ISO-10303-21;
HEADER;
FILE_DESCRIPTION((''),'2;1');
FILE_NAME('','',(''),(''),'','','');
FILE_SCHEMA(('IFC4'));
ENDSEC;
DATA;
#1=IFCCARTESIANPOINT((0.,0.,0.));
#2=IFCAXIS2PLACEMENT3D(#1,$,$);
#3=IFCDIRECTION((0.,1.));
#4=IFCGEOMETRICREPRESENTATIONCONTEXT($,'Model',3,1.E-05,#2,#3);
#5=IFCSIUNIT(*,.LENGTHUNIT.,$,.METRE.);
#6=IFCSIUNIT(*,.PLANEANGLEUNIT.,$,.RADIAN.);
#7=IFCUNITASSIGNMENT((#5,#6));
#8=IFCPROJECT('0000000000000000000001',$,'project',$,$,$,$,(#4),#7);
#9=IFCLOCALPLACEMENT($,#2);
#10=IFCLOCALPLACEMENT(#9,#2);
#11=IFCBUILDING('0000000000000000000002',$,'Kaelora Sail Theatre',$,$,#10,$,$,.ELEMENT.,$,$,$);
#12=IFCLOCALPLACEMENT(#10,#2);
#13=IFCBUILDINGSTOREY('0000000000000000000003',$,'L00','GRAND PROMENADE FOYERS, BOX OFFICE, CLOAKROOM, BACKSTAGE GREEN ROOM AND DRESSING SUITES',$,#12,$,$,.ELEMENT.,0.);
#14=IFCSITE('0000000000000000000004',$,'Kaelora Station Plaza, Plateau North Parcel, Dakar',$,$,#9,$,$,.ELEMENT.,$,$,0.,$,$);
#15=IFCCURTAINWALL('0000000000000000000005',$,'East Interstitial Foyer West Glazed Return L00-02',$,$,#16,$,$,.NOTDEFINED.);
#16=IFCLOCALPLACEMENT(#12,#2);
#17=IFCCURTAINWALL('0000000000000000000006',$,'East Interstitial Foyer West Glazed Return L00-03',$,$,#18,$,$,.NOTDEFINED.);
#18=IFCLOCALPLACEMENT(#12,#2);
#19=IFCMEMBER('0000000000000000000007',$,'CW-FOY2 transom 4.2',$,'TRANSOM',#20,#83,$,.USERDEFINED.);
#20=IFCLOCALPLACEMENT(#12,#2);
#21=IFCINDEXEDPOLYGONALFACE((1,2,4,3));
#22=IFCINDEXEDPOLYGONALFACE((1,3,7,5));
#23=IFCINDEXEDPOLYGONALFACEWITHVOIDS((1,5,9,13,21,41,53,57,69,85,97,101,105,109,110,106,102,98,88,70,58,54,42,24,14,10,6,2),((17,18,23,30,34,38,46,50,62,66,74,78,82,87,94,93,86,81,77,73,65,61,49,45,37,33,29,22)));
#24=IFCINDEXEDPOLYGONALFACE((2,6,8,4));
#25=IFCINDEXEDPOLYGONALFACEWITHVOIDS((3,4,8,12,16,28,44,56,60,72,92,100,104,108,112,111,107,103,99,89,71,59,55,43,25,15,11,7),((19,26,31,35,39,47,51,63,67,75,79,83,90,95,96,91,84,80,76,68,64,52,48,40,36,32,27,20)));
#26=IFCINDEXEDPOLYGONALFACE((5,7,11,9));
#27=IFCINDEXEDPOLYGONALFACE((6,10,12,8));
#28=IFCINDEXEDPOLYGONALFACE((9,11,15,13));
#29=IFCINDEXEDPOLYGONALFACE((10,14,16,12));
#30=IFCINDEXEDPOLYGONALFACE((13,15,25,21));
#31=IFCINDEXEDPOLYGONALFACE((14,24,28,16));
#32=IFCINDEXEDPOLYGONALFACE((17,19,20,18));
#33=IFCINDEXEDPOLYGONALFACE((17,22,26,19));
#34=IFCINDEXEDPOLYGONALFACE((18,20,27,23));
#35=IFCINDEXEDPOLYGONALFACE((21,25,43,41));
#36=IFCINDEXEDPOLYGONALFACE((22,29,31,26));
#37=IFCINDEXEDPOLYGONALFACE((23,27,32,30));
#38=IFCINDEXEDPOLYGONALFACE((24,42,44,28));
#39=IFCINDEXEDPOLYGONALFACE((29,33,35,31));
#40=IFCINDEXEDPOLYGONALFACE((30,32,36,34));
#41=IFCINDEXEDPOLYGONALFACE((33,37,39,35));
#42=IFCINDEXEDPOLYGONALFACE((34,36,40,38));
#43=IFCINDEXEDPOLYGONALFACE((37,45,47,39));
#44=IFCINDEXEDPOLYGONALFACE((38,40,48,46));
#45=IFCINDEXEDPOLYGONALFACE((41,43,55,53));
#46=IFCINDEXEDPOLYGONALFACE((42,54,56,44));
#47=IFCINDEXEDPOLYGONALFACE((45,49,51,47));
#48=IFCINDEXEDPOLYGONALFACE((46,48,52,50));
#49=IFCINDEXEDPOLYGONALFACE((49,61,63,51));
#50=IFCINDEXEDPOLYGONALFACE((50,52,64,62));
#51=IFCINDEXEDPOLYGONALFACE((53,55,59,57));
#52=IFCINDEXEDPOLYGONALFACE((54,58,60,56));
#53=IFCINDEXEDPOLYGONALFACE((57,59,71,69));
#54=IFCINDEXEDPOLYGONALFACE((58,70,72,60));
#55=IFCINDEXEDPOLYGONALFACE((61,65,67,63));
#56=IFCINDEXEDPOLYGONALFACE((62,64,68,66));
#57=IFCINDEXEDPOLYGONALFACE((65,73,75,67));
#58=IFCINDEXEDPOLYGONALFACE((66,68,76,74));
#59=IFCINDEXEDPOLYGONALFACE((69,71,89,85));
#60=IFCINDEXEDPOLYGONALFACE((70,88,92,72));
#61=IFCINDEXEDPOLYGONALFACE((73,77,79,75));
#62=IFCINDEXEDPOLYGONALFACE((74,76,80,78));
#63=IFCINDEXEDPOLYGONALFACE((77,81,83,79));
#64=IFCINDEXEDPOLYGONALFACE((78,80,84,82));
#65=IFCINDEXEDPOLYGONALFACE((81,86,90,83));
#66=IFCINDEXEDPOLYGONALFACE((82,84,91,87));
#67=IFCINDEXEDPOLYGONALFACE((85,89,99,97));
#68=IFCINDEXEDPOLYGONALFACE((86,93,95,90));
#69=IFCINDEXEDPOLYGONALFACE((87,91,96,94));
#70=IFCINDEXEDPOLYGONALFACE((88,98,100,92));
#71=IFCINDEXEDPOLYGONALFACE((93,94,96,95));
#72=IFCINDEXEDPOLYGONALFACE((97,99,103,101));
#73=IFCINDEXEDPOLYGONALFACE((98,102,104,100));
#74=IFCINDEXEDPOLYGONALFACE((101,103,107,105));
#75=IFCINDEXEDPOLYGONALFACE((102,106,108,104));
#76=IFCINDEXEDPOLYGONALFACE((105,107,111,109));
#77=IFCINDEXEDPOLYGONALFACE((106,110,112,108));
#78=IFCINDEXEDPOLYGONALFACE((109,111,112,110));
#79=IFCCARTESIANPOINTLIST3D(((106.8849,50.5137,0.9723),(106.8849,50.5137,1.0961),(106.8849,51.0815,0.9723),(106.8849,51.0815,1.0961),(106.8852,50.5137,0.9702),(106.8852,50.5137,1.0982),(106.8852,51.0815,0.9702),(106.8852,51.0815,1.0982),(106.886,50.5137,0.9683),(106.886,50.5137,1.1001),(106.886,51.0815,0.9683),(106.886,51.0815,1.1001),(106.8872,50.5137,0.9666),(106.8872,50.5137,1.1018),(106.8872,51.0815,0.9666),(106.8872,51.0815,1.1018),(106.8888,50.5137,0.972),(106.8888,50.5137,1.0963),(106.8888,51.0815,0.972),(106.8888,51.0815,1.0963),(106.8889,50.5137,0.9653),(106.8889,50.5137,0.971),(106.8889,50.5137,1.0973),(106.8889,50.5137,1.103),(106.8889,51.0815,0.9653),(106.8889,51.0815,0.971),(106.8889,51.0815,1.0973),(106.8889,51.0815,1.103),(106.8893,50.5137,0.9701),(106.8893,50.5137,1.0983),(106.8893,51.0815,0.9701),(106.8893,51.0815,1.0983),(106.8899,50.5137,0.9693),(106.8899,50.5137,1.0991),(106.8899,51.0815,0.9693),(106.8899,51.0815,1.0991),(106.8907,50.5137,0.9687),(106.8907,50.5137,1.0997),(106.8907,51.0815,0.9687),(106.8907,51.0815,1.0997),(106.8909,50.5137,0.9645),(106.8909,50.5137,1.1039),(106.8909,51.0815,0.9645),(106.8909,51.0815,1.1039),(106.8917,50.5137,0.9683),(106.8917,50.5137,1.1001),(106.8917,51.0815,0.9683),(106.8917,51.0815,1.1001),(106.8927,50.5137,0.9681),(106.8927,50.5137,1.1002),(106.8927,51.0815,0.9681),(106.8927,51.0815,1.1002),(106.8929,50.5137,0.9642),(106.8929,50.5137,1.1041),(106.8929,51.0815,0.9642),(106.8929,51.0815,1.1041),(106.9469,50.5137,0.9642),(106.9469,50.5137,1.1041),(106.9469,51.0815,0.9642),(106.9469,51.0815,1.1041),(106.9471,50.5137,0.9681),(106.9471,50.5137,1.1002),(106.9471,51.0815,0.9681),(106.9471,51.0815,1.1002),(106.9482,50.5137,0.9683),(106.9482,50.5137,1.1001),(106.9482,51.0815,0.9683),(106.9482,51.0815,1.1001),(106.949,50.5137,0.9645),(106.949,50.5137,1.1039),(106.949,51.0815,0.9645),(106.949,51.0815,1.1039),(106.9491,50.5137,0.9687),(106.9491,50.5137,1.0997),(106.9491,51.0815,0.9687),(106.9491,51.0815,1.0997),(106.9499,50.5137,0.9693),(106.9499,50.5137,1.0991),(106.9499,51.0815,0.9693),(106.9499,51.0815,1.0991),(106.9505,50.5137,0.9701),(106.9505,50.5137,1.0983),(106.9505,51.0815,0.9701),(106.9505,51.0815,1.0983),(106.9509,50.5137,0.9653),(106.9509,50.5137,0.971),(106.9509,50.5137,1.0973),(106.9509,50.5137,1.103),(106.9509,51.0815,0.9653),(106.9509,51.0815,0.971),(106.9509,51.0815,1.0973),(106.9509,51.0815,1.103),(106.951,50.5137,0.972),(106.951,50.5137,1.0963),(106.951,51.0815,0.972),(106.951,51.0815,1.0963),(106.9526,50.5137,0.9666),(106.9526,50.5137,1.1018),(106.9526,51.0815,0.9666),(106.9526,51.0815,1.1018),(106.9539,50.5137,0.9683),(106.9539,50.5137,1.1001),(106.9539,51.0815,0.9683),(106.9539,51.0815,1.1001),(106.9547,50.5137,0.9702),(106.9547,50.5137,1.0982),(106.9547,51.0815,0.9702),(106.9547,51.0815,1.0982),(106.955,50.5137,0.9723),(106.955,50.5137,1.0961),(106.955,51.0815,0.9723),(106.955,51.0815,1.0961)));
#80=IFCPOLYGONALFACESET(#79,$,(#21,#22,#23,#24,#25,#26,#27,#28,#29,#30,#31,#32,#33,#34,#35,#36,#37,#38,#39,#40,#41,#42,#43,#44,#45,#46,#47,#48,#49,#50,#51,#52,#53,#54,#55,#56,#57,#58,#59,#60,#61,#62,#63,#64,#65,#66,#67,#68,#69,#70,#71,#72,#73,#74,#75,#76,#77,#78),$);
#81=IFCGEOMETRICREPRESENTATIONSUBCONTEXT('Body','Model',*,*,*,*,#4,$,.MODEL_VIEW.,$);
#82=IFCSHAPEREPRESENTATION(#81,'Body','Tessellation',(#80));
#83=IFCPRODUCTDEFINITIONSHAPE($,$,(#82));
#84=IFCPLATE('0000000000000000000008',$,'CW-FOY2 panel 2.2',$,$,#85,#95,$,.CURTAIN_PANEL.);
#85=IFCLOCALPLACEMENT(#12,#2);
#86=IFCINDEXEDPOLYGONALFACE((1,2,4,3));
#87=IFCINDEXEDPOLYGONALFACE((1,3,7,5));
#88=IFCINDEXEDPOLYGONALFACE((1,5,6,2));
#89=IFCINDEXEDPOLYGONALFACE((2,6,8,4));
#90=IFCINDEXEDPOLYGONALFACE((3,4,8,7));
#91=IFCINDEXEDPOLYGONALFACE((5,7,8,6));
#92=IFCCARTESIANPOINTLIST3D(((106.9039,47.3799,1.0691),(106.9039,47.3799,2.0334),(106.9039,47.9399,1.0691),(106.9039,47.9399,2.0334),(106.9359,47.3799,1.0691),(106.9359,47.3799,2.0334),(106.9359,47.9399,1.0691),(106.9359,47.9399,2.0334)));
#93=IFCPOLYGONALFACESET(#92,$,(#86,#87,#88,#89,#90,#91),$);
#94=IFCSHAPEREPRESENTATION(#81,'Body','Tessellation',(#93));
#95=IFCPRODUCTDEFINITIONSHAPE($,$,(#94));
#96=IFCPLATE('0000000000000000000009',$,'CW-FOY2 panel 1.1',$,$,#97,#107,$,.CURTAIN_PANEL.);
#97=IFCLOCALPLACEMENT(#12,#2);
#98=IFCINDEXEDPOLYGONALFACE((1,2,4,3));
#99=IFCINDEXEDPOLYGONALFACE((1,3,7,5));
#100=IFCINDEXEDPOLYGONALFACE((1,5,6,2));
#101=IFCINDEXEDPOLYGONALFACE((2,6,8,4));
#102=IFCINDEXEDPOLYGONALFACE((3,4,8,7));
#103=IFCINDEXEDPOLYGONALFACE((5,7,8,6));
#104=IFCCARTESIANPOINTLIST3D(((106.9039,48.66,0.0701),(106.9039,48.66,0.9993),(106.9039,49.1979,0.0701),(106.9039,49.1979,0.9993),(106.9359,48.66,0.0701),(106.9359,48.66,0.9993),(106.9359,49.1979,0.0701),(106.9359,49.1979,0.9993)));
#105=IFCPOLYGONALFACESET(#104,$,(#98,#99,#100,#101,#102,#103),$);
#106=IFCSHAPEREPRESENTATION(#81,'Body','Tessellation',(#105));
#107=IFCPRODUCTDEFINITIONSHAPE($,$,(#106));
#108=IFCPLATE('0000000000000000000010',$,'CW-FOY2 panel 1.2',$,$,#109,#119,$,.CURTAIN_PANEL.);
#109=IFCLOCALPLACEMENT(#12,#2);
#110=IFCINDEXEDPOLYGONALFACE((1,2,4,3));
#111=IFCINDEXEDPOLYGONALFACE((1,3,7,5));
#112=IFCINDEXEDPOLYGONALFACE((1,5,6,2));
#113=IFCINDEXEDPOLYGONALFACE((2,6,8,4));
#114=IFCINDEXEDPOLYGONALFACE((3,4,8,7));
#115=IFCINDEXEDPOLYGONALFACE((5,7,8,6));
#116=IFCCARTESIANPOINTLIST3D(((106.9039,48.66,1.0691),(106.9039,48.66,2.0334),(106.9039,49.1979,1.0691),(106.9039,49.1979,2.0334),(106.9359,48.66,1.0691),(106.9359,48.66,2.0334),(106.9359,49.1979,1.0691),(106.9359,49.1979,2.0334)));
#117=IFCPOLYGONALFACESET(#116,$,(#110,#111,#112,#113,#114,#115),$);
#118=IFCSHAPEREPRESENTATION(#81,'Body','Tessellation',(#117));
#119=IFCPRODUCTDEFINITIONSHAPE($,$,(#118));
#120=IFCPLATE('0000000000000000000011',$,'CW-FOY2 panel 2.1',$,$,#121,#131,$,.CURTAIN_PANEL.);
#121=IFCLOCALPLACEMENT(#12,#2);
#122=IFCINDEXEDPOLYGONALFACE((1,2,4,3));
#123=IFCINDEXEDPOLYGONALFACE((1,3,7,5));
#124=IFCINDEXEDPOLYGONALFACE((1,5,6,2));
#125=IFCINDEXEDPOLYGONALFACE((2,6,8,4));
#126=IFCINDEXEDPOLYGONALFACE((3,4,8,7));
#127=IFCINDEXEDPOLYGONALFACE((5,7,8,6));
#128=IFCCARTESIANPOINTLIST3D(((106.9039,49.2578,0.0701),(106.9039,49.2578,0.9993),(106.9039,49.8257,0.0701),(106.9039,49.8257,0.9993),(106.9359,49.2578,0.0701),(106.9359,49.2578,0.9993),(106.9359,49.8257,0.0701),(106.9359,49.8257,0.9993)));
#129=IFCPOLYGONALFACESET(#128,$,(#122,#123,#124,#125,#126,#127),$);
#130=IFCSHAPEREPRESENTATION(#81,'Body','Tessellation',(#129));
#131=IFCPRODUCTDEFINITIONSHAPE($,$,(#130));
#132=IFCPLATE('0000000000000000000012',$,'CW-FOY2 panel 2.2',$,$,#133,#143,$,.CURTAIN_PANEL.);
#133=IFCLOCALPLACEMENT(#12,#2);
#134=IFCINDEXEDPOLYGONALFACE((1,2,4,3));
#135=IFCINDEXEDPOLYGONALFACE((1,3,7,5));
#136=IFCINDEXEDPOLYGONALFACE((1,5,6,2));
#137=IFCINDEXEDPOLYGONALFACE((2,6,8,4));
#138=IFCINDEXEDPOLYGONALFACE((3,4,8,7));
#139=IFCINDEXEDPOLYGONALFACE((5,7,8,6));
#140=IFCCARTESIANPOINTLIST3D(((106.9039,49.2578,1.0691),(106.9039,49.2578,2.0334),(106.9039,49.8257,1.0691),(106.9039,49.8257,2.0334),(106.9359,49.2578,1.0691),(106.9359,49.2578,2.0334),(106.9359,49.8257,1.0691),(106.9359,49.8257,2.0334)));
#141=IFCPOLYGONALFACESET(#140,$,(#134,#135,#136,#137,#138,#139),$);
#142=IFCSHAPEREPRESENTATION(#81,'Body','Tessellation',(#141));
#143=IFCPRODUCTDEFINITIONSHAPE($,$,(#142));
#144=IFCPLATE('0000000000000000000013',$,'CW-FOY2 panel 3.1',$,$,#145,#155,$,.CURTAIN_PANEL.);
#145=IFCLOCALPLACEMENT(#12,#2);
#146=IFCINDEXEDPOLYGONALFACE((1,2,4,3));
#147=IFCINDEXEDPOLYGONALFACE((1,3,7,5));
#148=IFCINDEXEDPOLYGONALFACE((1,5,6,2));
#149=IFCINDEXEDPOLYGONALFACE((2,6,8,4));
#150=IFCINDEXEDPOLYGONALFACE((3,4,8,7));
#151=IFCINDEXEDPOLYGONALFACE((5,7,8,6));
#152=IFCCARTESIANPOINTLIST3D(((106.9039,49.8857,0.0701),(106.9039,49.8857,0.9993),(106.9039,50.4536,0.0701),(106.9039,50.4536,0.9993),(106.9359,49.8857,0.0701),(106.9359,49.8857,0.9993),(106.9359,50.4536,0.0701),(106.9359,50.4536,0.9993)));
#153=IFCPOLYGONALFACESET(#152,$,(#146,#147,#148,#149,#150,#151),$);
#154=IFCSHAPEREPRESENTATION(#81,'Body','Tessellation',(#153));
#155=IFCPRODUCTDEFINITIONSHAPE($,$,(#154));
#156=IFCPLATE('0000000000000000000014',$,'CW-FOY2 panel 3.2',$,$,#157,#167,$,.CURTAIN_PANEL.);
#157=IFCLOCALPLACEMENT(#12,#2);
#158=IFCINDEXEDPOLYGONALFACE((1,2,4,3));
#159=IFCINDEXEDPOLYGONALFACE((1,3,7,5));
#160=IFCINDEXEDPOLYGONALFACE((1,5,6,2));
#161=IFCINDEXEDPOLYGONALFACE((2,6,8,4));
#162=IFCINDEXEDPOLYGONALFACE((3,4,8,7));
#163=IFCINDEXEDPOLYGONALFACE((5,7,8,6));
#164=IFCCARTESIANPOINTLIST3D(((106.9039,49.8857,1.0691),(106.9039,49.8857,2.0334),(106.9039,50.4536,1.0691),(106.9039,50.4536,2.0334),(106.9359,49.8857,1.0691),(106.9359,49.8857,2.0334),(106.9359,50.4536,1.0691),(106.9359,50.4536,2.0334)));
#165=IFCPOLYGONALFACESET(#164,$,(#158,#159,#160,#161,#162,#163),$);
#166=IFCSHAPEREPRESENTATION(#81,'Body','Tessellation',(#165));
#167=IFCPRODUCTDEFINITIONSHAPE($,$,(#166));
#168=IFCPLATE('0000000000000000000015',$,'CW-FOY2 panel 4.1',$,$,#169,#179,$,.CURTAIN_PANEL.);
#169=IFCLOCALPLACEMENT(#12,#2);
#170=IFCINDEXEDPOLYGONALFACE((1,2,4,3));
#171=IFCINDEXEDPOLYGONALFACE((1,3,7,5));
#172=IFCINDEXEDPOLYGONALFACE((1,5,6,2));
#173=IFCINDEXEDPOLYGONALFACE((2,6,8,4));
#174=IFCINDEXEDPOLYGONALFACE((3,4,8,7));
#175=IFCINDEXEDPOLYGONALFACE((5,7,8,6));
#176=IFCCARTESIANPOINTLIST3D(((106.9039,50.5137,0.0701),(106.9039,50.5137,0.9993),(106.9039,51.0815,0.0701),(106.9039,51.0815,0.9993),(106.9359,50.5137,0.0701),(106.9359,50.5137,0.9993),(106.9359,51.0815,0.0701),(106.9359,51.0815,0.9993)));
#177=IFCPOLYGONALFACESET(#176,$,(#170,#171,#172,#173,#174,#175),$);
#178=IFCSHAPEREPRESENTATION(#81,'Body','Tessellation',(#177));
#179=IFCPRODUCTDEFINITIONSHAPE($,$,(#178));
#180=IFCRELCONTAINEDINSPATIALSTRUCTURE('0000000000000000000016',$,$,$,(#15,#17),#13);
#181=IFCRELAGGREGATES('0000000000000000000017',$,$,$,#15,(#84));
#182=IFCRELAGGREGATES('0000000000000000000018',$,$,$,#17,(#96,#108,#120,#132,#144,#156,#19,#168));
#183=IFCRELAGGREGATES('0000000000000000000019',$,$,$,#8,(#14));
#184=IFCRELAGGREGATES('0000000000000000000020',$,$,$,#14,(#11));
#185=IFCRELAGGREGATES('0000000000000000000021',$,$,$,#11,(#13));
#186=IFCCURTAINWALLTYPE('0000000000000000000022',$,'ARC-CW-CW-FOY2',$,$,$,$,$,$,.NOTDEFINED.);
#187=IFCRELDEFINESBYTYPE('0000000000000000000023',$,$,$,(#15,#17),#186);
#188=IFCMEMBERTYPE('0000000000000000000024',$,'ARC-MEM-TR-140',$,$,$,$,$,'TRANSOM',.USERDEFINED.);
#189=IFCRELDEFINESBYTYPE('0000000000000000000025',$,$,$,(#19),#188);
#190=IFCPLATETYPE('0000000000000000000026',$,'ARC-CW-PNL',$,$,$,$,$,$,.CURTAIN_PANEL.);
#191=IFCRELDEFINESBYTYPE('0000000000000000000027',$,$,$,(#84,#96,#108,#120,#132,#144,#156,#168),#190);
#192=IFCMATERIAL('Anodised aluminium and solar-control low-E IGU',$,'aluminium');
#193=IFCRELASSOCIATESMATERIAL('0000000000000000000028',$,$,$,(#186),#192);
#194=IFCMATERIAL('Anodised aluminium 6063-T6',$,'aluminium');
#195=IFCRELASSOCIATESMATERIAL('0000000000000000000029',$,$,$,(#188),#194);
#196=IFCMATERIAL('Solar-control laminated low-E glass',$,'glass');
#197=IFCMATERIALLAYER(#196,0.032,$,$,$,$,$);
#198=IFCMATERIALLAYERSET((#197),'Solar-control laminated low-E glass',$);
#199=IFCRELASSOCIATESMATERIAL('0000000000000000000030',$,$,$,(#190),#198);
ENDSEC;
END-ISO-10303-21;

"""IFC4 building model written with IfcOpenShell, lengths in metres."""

from ifc_helpers import new_model, si_unit, direction, frame, origin, origin_2d, place, context, subcontext, project, spatial, rectangle, hollow_rectangle, extrude, material, layer, layer_set, material_profile, profile_set, type_object, element, aggregate, save


model = new_model("IFC4")

# Units and contexts
model_context = context("Model", 3, precision=1e-05, world=origin(), true_north=direction((0.0, 1.0)))
body_context = subcontext(model_context, "Body", "Model", "MODEL_VIEW")
ifc_project = project(units=[si_unit("LENGTHUNIT", "METRE"), si_unit("PLANEANGLEUNIT", "RADIAN")], contexts=[model_context])

# Site, building, storey
site_placement = place(None, origin())
site = spatial("IfcSite", under=ifc_project, at=site_placement, Name="Kaelora Station Plaza, Plateau North Parcel, Dakar", CompositionType="ELEMENT", RefElevation=0.0)
building_placement = place(site_placement, origin())
building = spatial("IfcBuilding", under=site, at=building_placement, Name="Kaelora Sail Theatre", CompositionType="ELEMENT")
storey_placement = place(building_placement, origin())
storey = spatial("IfcBuildingStorey", under=building, at=storey_placement, Name="L00", Description="GRAND PROMENADE FOYERS, BOX OFFICE, CLOAKROOM, BACKSTAGE GREEN ROOM AND DRESSING SUITES", CompositionType="ELEMENT", Elevation=0.0)

# Curtain wall
ifc_material_1 = material(Name="Anodised aluminium and solar-control low-E IGU", Category="aluminium")
curtain_wall_type = type_object("IfcCurtainWallType", Name="ARC-CW-CW-FOY2", PredefinedType="NOTDEFINED", material=ifc_material_1)
curtain_wall_1_placement = place(storey_placement, origin())
curtain_wall_1 = element("IfcCurtainWall", 1, at=curtain_wall_1_placement, inside=storey, type_object=curtain_wall_type, Name="East Interstitial Foyer West Glazed Return L00-02", PredefinedType="NOTDEFINED")

# Curtain wall, member
curtain_wall_2_placement = place(storey_placement, origin())
curtain_wall_2 = element("IfcCurtainWall", 2, at=curtain_wall_2_placement, inside=storey, type_object=curtain_wall_type, Name="East Interstitial Foyer West Glazed Return L00-03", PredefinedType="NOTDEFINED")
ifc_material_2 = material(Name="Anodised aluminium 6063-T6", Category="aluminium")
ifc_material_profile_1 = material_profile(ifc_material_2, hollow_rectangle(XDim=0.0701, YDim=0.1399, WallThickness=0.0039, InnerFilletRadius=0.0039, OuterFilletRadius=0.0081, at=origin_2d()), Name="ALU-TRAN 70x140x4")
ifc_profile_set_1 = profile_set([ifc_material_profile_1], Name="Anodised aluminium 6063-T6")
member_type_1 = type_object("IfcMemberType", Name="ARC-MEM-TR-140", ElementType="TRANSOM", PredefinedType="USERDEFINED", material=ifc_profile_set_1)
member_1_placement = place(storey_placement, frame((106.9199, 50.5137, 1.0342), z_axis=(0.0, 1.0, 0.0), x_axis=(-1.0, 0.0, 0.0)))
member_1 = element("IfcMember", 3, at=member_1_placement, type_object=member_type_1, Name="CW-FOY2 transom 4.2", ObjectType="TRANSOM", PredefinedType="USERDEFINED", context=body_context, shape_type="SweptSolid", body=[
    extrude(hollow_rectangle(XDim=0.0701, YDim=0.1399, WallThickness=0.0039, InnerFilletRadius=0.0039, OuterFilletRadius=0.0081, at=origin_2d()), origin(), (0.0, 0.0, 1.0), 0.5679),
])

# Plates
ifc_material_3 = material(Name="Solar-control laminated low-E glass", Category="glass")
ifc_layer = layer(ifc_material_3, 0.032)
ifc_layer_set = layer_set([ifc_layer], Name="Solar-control laminated low-E glass")
plate_type = type_object("IfcPlateType", Name="ARC-CW-PNL", PredefinedType="CURTAIN_PANEL", material=ifc_layer_set)
plate_1_placement = place(storey_placement, frame((106.9199, 47.6599, 1.0691), z_axis=(0.0, 0.0, 1.0), x_axis=(0.0, 1.0, 0.0)))
plate_1 = element("IfcPlate", 4, at=plate_1_placement, type_object=plate_type, Name="CW-FOY2 panel 2.2", PredefinedType="CURTAIN_PANEL", context=body_context, shape_type="SweptSolid", body=[
    extrude(rectangle(XDim=0.5601, YDim=0.032, at=origin_2d()), origin(), (0.0, 0.0, 1.0), 0.9644),
])
aggregate(curtain_wall_1, [plate_1])
plate_2_placement = place(storey_placement, frame((106.9199, 48.929, 0.0701), z_axis=(0.0, 0.0, 1.0), x_axis=(0.0, 1.0, 0.0)))
plate_2 = element("IfcPlate", 5, at=plate_2_placement, type_object=plate_type, Name="CW-FOY2 panel 1.1", PredefinedType="CURTAIN_PANEL", context=body_context, shape_type="SweptSolid", body=[
    extrude(rectangle(XDim=0.5378, YDim=0.032, at=origin_2d()), origin(), (0.0, 0.0, 1.0), 0.9292),
])
plate_3_placement = place(storey_placement, frame((106.9199, 48.929, 1.0691), z_axis=(0.0, 0.0, 1.0), x_axis=(0.0, 1.0, 0.0)))
plate_3 = element("IfcPlate", 6, at=plate_3_placement, type_object=plate_type, Name="CW-FOY2 panel 1.2", PredefinedType="CURTAIN_PANEL", context=body_context, shape_type="SweptSolid", body=[
    extrude(rectangle(XDim=0.5378, YDim=0.032, at=origin_2d()), origin(), (0.0, 0.0, 1.0), 0.9644),
])
plate_4_placement = place(storey_placement, frame((106.9199, 49.5417, 0.0701), z_axis=(0.0, 0.0, 1.0), x_axis=(0.0, 1.0, 0.0)))
plate_4 = element("IfcPlate", 7, at=plate_4_placement, type_object=plate_type, Name="CW-FOY2 panel 2.1", PredefinedType="CURTAIN_PANEL", context=body_context, shape_type="SweptSolid", body=[
    extrude(rectangle(XDim=0.5679, YDim=0.032, at=origin_2d()), origin(), (0.0, 0.0, 1.0), 0.9292),
])
plate_5_placement = place(storey_placement, frame((106.9199, 49.5417, 1.0691), z_axis=(0.0, 0.0, 1.0), x_axis=(0.0, 1.0, 0.0)))
plate_5 = element("IfcPlate", 8, at=plate_5_placement, type_object=plate_type, Name="CW-FOY2 panel 2.2", PredefinedType="CURTAIN_PANEL", context=body_context, shape_type="SweptSolid", body=[
    extrude(rectangle(XDim=0.5679, YDim=0.032, at=origin_2d()), origin(), (0.0, 0.0, 1.0), 0.9644),
])
plate_6_placement = place(storey_placement, frame((106.9199, 50.1697, 0.0701), z_axis=(0.0, 0.0, 1.0), x_axis=(0.0, 1.0, 0.0)))
plate_6 = element("IfcPlate", 9, at=plate_6_placement, type_object=plate_type, Name="CW-FOY2 panel 3.1", PredefinedType="CURTAIN_PANEL", context=body_context, shape_type="SweptSolid", body=[
    extrude(rectangle(XDim=0.5679, YDim=0.032, at=origin_2d()), origin(), (0.0, 0.0, 1.0), 0.9292),
])
plate_7_placement = place(storey_placement, frame((106.9199, 50.1697, 1.0691), z_axis=(0.0, 0.0, 1.0), x_axis=(0.0, 1.0, 0.0)))
plate_7 = element("IfcPlate", 10, at=plate_7_placement, type_object=plate_type, Name="CW-FOY2 panel 3.2", PredefinedType="CURTAIN_PANEL", context=body_context, shape_type="SweptSolid", body=[
    extrude(rectangle(XDim=0.5679, YDim=0.032, at=origin_2d()), origin(), (0.0, 0.0, 1.0), 0.9644),
])
plate_8_placement = place(storey_placement, frame((106.9199, 50.7976, 0.0701), z_axis=(0.0, 0.0, 1.0), x_axis=(0.0, 1.0, 0.0)))
plate_8 = element("IfcPlate", 11, at=plate_8_placement, type_object=plate_type, Name="CW-FOY2 panel 4.1", PredefinedType="CURTAIN_PANEL", context=body_context, shape_type="SweptSolid", body=[
    extrude(rectangle(XDim=0.5679, YDim=0.032, at=origin_2d()), origin(), (0.0, 0.0, 1.0), 0.9292),
])
aggregate(curtain_wall_2, [plate_2, plate_3, plate_4, plate_5, plate_6, plate_7, member_1, plate_8])

save(model, "model.ifc")
